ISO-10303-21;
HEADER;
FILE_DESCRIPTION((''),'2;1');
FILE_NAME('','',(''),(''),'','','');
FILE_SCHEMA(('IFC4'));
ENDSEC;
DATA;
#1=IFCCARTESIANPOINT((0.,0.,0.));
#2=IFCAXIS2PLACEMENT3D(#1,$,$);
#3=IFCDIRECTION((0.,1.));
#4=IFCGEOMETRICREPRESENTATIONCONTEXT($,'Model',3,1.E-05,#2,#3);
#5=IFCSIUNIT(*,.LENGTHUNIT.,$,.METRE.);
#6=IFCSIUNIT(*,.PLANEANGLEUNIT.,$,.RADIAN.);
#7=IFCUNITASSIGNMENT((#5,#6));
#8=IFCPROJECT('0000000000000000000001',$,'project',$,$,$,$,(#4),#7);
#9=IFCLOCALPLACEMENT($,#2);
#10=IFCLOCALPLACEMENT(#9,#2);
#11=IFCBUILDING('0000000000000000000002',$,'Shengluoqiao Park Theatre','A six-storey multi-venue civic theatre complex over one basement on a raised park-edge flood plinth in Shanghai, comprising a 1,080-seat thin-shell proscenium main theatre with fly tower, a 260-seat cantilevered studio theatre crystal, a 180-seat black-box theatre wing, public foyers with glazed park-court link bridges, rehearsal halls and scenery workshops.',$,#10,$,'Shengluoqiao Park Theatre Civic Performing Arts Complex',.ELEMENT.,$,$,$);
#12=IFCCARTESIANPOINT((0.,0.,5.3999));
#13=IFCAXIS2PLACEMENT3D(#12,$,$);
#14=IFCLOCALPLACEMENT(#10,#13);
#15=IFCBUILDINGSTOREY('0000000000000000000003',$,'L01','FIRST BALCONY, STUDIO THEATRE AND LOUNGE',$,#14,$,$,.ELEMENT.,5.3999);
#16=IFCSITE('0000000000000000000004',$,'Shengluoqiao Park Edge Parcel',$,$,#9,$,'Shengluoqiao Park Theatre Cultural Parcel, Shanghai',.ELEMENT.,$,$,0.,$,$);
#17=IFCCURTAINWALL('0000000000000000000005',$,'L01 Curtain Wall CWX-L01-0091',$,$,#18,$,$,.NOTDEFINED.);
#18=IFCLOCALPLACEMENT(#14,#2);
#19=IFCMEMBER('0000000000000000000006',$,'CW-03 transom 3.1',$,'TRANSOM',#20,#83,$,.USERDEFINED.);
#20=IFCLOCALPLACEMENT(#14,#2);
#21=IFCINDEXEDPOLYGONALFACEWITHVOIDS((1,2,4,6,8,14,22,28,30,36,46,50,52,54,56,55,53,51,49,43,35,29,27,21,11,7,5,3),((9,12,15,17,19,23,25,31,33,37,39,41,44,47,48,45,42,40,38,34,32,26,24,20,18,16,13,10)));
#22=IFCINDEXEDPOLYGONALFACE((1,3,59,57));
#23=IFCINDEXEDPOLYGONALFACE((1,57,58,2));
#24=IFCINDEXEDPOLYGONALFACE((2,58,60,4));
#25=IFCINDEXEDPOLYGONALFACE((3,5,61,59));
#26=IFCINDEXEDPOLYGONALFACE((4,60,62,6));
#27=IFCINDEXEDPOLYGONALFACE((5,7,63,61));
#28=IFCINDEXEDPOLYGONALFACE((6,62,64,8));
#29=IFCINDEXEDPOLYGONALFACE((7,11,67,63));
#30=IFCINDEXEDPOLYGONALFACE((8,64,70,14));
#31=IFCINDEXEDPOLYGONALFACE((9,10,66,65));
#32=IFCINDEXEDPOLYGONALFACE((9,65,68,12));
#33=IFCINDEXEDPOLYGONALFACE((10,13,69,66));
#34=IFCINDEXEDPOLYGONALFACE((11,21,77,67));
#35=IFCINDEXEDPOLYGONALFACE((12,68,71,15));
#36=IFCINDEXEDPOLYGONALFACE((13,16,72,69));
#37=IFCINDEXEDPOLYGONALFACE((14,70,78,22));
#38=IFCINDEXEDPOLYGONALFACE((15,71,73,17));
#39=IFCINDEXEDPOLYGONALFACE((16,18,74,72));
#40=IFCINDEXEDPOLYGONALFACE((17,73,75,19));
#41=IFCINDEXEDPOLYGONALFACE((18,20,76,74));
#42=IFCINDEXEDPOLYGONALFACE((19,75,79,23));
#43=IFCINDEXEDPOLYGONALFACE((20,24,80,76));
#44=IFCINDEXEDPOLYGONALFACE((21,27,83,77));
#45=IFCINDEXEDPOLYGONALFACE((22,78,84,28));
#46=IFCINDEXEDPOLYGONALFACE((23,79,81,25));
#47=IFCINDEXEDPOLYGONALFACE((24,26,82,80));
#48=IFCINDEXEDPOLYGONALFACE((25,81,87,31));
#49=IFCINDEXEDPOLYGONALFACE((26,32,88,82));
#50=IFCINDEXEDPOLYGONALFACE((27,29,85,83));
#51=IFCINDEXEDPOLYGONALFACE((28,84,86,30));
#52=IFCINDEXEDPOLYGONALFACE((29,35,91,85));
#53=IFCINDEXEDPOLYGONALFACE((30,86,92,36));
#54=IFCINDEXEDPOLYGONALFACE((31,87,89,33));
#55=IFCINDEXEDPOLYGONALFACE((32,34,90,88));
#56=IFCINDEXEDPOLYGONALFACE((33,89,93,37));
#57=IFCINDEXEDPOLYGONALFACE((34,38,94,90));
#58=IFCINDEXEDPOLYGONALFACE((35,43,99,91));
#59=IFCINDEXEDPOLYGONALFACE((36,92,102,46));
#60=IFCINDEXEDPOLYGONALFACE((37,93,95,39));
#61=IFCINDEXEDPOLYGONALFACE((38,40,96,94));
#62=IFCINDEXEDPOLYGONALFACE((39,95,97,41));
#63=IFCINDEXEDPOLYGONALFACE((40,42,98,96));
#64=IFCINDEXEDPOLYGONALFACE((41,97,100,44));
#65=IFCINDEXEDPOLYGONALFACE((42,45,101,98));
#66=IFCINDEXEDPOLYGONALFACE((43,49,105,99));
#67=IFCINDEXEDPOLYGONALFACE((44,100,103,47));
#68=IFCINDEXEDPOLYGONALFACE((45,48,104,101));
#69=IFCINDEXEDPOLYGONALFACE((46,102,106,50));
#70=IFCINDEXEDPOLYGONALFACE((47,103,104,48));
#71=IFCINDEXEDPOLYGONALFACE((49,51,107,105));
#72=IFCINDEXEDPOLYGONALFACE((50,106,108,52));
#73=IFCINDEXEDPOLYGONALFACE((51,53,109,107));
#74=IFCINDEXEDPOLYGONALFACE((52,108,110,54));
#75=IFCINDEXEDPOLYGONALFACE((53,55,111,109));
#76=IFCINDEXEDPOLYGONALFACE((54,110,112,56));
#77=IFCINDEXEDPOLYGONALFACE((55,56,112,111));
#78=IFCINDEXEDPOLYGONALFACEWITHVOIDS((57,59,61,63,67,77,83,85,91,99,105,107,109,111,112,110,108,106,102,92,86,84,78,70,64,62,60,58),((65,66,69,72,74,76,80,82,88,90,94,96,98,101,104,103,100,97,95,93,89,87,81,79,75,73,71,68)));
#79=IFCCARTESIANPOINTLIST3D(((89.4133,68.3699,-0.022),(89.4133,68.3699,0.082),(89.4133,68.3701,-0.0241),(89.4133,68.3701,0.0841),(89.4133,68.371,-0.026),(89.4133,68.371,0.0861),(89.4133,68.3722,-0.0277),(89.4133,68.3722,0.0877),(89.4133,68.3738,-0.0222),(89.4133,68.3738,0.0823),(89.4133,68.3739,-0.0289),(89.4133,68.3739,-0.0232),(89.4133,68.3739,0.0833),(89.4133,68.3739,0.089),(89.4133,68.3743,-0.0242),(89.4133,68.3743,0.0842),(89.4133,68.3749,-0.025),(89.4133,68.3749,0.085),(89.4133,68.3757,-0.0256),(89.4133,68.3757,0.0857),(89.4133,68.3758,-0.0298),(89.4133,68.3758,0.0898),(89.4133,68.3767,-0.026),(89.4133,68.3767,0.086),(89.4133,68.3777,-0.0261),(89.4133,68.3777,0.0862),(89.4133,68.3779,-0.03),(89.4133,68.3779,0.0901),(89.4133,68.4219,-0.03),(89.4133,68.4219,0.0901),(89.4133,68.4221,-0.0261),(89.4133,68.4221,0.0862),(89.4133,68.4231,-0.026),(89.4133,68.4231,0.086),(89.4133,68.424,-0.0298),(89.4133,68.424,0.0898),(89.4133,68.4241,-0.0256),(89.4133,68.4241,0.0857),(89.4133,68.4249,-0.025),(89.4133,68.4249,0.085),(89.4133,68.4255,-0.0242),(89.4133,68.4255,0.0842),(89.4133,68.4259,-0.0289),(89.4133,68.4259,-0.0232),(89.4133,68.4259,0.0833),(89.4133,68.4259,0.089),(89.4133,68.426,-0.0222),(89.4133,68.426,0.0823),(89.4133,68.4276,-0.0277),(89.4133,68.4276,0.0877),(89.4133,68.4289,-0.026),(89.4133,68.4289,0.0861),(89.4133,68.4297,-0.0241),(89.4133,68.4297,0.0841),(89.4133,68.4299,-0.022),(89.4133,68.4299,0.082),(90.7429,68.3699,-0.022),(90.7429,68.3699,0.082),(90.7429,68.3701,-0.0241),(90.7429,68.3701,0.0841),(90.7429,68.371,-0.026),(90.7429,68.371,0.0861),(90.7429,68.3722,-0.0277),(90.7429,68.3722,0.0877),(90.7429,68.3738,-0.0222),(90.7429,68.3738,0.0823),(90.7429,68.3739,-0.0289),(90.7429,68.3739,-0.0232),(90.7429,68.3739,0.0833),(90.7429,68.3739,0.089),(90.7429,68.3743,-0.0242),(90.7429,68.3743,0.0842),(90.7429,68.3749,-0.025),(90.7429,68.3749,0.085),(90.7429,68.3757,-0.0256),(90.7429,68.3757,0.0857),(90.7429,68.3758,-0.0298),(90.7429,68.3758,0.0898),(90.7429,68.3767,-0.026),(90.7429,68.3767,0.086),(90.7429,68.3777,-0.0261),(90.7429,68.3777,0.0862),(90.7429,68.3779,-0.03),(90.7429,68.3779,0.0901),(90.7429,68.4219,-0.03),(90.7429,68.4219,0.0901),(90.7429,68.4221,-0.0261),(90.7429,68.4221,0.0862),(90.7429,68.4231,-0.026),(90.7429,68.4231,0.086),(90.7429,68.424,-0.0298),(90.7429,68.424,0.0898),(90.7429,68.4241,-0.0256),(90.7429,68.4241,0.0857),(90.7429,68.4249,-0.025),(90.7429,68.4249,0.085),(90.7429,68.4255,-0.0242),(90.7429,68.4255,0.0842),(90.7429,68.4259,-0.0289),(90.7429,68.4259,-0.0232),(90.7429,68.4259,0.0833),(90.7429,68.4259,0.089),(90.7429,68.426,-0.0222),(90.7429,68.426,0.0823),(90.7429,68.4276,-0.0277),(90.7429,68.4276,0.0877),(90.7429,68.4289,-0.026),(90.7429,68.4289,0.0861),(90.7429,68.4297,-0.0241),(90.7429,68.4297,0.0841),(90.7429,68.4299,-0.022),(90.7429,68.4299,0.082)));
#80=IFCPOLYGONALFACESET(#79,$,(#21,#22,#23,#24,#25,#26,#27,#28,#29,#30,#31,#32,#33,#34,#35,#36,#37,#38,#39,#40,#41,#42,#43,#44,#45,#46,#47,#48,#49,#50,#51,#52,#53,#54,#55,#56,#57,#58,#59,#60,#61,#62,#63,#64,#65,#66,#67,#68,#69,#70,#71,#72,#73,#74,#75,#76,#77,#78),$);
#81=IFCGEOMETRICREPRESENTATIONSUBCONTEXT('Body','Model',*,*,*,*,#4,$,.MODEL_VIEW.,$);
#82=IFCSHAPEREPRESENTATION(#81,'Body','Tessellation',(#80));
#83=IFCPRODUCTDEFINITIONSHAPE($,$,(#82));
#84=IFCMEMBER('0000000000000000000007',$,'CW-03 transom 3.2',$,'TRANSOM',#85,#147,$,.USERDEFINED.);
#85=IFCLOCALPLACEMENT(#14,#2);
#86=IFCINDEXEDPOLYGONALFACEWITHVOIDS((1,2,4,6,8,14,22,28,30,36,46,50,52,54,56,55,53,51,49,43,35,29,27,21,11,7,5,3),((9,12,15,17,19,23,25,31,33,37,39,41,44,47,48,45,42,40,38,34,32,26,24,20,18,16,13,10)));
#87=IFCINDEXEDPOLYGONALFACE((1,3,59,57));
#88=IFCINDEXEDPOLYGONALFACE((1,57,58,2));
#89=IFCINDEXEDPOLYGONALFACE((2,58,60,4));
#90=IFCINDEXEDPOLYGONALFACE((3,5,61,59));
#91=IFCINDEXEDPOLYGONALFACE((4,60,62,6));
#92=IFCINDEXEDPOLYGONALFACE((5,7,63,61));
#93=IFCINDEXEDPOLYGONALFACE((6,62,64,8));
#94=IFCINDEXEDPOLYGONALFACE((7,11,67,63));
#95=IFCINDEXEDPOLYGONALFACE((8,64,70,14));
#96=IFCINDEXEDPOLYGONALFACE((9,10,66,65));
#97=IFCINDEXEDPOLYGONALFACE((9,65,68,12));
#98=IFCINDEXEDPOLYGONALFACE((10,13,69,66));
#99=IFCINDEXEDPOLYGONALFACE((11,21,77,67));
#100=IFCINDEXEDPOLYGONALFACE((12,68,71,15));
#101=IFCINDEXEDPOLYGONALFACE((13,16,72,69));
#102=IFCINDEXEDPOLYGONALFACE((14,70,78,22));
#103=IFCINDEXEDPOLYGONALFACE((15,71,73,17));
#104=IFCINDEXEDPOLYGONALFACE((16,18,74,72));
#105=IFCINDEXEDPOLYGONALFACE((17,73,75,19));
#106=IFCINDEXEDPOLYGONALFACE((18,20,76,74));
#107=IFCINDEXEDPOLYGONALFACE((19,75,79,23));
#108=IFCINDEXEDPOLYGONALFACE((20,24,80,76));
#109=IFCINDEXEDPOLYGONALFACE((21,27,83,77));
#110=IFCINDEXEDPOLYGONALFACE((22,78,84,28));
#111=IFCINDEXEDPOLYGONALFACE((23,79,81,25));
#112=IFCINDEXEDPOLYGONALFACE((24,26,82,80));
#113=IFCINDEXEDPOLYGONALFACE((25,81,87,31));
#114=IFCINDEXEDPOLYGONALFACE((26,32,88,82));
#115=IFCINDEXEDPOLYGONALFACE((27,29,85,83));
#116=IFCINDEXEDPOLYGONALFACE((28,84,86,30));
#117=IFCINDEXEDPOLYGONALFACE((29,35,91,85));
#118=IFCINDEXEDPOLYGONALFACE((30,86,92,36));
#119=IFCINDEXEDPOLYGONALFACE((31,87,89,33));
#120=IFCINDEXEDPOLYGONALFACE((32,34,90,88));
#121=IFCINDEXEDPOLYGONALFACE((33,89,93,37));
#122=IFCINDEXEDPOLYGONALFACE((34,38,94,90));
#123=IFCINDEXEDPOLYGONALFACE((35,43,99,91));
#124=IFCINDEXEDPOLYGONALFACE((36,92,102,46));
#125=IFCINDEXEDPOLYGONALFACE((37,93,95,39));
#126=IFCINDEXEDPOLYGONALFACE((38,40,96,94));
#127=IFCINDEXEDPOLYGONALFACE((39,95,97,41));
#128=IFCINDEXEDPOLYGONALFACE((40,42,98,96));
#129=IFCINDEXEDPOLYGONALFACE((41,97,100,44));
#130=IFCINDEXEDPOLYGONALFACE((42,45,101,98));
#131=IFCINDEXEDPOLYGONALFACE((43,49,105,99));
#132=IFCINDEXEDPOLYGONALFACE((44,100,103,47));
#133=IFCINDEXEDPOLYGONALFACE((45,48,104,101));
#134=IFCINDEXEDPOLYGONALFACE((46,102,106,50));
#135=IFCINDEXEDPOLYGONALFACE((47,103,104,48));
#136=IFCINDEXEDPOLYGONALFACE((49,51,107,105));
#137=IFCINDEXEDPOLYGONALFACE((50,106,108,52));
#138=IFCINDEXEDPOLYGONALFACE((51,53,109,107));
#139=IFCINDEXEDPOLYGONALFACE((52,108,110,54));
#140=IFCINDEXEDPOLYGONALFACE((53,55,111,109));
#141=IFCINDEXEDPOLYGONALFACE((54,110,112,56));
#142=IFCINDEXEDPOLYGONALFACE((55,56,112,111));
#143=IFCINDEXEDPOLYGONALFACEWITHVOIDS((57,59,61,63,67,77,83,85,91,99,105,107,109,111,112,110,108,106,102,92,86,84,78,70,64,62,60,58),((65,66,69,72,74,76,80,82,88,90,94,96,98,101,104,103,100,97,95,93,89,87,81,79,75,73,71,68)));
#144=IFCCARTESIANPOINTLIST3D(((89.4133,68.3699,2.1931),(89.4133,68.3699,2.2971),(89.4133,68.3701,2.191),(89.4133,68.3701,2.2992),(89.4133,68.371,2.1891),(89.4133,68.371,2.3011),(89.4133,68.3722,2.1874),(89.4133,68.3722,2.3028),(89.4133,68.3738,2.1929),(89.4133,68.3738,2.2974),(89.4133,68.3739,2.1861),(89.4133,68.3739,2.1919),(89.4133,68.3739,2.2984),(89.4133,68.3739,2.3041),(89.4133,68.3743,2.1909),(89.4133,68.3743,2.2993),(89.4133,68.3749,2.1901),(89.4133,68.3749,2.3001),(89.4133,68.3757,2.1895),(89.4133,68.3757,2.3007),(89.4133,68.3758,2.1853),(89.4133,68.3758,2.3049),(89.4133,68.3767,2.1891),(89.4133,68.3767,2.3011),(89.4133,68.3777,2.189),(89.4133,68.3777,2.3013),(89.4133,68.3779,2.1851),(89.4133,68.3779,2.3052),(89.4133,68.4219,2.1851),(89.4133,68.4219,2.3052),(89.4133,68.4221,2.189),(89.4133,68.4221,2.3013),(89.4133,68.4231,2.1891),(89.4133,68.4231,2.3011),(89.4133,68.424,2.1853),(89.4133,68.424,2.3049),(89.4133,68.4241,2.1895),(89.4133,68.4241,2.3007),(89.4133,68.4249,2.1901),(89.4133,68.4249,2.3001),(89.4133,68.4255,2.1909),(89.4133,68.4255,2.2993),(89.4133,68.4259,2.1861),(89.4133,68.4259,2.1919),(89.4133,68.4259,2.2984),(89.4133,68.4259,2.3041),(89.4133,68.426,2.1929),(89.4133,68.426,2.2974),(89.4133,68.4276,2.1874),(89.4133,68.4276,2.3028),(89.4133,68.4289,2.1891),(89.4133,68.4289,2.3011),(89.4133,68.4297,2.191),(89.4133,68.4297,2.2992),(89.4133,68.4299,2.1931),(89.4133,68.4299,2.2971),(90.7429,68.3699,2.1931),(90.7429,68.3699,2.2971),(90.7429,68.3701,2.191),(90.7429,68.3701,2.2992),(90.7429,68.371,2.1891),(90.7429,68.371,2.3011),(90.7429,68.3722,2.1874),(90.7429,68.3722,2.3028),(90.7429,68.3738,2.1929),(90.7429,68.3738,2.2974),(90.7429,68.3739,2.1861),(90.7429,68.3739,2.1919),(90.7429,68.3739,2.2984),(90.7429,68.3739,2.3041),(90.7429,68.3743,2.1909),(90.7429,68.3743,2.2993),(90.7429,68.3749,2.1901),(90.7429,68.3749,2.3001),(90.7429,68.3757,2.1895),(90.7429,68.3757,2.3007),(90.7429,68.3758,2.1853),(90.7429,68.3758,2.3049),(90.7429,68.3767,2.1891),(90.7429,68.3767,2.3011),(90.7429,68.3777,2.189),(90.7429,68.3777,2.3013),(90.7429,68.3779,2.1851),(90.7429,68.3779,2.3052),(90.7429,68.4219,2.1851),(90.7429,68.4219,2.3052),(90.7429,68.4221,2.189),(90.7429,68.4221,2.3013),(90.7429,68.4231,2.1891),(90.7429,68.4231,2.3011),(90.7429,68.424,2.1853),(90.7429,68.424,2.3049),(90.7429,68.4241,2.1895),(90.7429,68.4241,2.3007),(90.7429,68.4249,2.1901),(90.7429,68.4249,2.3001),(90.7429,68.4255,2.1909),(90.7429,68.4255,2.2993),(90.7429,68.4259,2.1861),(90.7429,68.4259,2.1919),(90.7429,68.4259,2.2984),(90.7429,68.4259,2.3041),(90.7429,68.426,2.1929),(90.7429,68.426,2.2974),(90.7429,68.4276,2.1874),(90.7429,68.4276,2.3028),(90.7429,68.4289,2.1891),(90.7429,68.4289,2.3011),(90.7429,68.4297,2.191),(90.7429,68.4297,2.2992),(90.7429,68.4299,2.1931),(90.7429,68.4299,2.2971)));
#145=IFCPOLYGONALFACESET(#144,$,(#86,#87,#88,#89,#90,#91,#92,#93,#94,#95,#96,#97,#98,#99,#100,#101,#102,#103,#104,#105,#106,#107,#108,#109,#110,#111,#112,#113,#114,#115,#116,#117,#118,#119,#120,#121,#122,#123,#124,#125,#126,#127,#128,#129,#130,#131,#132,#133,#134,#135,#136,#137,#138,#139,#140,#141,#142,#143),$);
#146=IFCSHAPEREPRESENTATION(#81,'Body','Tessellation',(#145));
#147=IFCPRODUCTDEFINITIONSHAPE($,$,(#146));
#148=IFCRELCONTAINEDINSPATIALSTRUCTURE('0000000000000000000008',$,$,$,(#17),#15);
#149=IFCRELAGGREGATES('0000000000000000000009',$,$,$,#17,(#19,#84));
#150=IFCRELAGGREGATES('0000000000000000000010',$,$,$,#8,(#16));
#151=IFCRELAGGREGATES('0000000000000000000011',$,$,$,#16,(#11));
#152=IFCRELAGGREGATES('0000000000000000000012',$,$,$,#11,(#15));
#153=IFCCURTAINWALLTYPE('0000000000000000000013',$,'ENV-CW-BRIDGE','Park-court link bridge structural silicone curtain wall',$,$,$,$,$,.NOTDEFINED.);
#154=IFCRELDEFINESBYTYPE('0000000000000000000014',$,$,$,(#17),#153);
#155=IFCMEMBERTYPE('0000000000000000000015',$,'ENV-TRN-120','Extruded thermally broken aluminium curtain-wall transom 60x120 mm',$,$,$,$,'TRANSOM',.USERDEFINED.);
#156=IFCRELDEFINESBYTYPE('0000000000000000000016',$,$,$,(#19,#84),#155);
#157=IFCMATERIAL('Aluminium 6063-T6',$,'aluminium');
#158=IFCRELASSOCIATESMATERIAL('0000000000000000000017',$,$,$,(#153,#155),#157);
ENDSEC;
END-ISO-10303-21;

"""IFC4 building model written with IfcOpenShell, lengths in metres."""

from ifc_helpers import new_model, si_unit, direction, frame, origin, origin_2d, place, context, subcontext, project, spatial, hollow_rectangle, extrude, material, material_profile, profile_set, type_object, element, aggregate, save


model = new_model("IFC4")

# Units and contexts
model_context = context("Model", 3, precision=1e-05, world=origin(), true_north=direction((0.0, 1.0)))
body_context = subcontext(model_context, "Body", "Model", "MODEL_VIEW")
ifc_project = project(units=[si_unit("LENGTHUNIT", "METRE"), si_unit("PLANEANGLEUNIT", "RADIAN")], contexts=[model_context])

# Site, building, storey
site_placement = place(None, origin())
site = spatial("IfcSite", under=ifc_project, at=site_placement, Name="Shengluoqiao Park Edge Parcel", LongName="Shengluoqiao Park Theatre Cultural Parcel, Shanghai", CompositionType="ELEMENT", RefElevation=0.0)
building_placement = place(site_placement, origin())
building = spatial("IfcBuilding", under=site, at=building_placement, Name="Shengluoqiao Park Theatre", Description="A six-storey multi-venue civic theatre complex over one basement on a raised park-edge flood plinth in Shanghai, comprising a 1,080-seat thin-shell proscenium main theatre with fly tower, a 260-seat cantilevered studio theatre crystal, a 180-seat black-box theatre wing, public foyers with glazed park-court link bridges, rehearsal halls and scenery workshops.", LongName="Shengluoqiao Park Theatre Civic Performing Arts Complex", CompositionType="ELEMENT")
storey_placement = place(building_placement, frame((0.0, 0.0, 5.3999)))
storey = spatial("IfcBuildingStorey", under=building, at=storey_placement, Name="L01", Description="FIRST BALCONY, STUDIO THEATRE AND LOUNGE", CompositionType="ELEMENT", Elevation=5.3999)

# Curtain wall, members
ifc_material_1 = material(Name="Aluminium 6063-T6", Category="aluminium")
curtain_wall_type = type_object("IfcCurtainWallType", Name="ENV-CW-BRIDGE", Description="Park-court link bridge structural silicone curtain wall", PredefinedType="NOTDEFINED", material=ifc_material_1)
curtain_wall_placement = place(storey_placement, origin())
curtain_wall = element("IfcCurtainWall", 1, at=curtain_wall_placement, inside=storey, type_object=curtain_wall_type, Name="L01 Curtain Wall CWX-L01-0091", PredefinedType="NOTDEFINED")
ifc_material_profile_1 = material_profile(ifc_material_1, hollow_rectangle(XDim=0.0601, YDim=0.1201, WallThickness=0.0039, InnerFilletRadius=0.0039, OuterFilletRadius=0.0081, at=origin_2d()), Name="ALU TRANSOM 120x60x4")
ifc_profile_set_1 = profile_set([ifc_material_profile_1], Name="Aluminium 6063-T6")
member_type_1 = type_object("IfcMemberType", Name="ENV-TRN-120", Description="Extruded thermally broken aluminium curtain-wall transom 60x120 mm", ElementType="TRANSOM", PredefinedType="USERDEFINED", material=ifc_profile_set_1)
member_1_placement = place(storey_placement, frame((89.4133, 68.3999, 0.03), z_axis=(1.0, 0.0, 0.0), x_axis=(0.0, 1.0, 0.0)))
member_1 = element("IfcMember", 2, at=member_1_placement, type_object=member_type_1, Name="CW-03 transom 3.1", ObjectType="TRANSOM", PredefinedType="USERDEFINED", context=body_context, shape_type="SweptSolid", body=[
    extrude(hollow_rectangle(XDim=0.0601, YDim=0.1201, WallThickness=0.0039, InnerFilletRadius=0.0039, OuterFilletRadius=0.0081, at=origin_2d()), origin(), (0.0, 0.0, 1.0), 1.3296),
])
member_2_placement = place(storey_placement, frame((89.4133, 68.3999, 2.2451), z_axis=(1.0, 0.0, 0.0), x_axis=(0.0, 1.0, 0.0)))
member_2 = element("IfcMember", 3, at=member_2_placement, type_object=member_type_1, Name="CW-03 transom 3.2", ObjectType="TRANSOM", PredefinedType="USERDEFINED", context=body_context, shape_type="SweptSolid", body=[
    extrude(hollow_rectangle(XDim=0.0601, YDim=0.1201, WallThickness=0.0039, InnerFilletRadius=0.0039, OuterFilletRadius=0.0081, at=origin_2d()), origin(), (0.0, 0.0, 1.0), 1.3296),
])

aggregate(curtain_wall, [member_1, member_2])

save(model, "model.ifc")
